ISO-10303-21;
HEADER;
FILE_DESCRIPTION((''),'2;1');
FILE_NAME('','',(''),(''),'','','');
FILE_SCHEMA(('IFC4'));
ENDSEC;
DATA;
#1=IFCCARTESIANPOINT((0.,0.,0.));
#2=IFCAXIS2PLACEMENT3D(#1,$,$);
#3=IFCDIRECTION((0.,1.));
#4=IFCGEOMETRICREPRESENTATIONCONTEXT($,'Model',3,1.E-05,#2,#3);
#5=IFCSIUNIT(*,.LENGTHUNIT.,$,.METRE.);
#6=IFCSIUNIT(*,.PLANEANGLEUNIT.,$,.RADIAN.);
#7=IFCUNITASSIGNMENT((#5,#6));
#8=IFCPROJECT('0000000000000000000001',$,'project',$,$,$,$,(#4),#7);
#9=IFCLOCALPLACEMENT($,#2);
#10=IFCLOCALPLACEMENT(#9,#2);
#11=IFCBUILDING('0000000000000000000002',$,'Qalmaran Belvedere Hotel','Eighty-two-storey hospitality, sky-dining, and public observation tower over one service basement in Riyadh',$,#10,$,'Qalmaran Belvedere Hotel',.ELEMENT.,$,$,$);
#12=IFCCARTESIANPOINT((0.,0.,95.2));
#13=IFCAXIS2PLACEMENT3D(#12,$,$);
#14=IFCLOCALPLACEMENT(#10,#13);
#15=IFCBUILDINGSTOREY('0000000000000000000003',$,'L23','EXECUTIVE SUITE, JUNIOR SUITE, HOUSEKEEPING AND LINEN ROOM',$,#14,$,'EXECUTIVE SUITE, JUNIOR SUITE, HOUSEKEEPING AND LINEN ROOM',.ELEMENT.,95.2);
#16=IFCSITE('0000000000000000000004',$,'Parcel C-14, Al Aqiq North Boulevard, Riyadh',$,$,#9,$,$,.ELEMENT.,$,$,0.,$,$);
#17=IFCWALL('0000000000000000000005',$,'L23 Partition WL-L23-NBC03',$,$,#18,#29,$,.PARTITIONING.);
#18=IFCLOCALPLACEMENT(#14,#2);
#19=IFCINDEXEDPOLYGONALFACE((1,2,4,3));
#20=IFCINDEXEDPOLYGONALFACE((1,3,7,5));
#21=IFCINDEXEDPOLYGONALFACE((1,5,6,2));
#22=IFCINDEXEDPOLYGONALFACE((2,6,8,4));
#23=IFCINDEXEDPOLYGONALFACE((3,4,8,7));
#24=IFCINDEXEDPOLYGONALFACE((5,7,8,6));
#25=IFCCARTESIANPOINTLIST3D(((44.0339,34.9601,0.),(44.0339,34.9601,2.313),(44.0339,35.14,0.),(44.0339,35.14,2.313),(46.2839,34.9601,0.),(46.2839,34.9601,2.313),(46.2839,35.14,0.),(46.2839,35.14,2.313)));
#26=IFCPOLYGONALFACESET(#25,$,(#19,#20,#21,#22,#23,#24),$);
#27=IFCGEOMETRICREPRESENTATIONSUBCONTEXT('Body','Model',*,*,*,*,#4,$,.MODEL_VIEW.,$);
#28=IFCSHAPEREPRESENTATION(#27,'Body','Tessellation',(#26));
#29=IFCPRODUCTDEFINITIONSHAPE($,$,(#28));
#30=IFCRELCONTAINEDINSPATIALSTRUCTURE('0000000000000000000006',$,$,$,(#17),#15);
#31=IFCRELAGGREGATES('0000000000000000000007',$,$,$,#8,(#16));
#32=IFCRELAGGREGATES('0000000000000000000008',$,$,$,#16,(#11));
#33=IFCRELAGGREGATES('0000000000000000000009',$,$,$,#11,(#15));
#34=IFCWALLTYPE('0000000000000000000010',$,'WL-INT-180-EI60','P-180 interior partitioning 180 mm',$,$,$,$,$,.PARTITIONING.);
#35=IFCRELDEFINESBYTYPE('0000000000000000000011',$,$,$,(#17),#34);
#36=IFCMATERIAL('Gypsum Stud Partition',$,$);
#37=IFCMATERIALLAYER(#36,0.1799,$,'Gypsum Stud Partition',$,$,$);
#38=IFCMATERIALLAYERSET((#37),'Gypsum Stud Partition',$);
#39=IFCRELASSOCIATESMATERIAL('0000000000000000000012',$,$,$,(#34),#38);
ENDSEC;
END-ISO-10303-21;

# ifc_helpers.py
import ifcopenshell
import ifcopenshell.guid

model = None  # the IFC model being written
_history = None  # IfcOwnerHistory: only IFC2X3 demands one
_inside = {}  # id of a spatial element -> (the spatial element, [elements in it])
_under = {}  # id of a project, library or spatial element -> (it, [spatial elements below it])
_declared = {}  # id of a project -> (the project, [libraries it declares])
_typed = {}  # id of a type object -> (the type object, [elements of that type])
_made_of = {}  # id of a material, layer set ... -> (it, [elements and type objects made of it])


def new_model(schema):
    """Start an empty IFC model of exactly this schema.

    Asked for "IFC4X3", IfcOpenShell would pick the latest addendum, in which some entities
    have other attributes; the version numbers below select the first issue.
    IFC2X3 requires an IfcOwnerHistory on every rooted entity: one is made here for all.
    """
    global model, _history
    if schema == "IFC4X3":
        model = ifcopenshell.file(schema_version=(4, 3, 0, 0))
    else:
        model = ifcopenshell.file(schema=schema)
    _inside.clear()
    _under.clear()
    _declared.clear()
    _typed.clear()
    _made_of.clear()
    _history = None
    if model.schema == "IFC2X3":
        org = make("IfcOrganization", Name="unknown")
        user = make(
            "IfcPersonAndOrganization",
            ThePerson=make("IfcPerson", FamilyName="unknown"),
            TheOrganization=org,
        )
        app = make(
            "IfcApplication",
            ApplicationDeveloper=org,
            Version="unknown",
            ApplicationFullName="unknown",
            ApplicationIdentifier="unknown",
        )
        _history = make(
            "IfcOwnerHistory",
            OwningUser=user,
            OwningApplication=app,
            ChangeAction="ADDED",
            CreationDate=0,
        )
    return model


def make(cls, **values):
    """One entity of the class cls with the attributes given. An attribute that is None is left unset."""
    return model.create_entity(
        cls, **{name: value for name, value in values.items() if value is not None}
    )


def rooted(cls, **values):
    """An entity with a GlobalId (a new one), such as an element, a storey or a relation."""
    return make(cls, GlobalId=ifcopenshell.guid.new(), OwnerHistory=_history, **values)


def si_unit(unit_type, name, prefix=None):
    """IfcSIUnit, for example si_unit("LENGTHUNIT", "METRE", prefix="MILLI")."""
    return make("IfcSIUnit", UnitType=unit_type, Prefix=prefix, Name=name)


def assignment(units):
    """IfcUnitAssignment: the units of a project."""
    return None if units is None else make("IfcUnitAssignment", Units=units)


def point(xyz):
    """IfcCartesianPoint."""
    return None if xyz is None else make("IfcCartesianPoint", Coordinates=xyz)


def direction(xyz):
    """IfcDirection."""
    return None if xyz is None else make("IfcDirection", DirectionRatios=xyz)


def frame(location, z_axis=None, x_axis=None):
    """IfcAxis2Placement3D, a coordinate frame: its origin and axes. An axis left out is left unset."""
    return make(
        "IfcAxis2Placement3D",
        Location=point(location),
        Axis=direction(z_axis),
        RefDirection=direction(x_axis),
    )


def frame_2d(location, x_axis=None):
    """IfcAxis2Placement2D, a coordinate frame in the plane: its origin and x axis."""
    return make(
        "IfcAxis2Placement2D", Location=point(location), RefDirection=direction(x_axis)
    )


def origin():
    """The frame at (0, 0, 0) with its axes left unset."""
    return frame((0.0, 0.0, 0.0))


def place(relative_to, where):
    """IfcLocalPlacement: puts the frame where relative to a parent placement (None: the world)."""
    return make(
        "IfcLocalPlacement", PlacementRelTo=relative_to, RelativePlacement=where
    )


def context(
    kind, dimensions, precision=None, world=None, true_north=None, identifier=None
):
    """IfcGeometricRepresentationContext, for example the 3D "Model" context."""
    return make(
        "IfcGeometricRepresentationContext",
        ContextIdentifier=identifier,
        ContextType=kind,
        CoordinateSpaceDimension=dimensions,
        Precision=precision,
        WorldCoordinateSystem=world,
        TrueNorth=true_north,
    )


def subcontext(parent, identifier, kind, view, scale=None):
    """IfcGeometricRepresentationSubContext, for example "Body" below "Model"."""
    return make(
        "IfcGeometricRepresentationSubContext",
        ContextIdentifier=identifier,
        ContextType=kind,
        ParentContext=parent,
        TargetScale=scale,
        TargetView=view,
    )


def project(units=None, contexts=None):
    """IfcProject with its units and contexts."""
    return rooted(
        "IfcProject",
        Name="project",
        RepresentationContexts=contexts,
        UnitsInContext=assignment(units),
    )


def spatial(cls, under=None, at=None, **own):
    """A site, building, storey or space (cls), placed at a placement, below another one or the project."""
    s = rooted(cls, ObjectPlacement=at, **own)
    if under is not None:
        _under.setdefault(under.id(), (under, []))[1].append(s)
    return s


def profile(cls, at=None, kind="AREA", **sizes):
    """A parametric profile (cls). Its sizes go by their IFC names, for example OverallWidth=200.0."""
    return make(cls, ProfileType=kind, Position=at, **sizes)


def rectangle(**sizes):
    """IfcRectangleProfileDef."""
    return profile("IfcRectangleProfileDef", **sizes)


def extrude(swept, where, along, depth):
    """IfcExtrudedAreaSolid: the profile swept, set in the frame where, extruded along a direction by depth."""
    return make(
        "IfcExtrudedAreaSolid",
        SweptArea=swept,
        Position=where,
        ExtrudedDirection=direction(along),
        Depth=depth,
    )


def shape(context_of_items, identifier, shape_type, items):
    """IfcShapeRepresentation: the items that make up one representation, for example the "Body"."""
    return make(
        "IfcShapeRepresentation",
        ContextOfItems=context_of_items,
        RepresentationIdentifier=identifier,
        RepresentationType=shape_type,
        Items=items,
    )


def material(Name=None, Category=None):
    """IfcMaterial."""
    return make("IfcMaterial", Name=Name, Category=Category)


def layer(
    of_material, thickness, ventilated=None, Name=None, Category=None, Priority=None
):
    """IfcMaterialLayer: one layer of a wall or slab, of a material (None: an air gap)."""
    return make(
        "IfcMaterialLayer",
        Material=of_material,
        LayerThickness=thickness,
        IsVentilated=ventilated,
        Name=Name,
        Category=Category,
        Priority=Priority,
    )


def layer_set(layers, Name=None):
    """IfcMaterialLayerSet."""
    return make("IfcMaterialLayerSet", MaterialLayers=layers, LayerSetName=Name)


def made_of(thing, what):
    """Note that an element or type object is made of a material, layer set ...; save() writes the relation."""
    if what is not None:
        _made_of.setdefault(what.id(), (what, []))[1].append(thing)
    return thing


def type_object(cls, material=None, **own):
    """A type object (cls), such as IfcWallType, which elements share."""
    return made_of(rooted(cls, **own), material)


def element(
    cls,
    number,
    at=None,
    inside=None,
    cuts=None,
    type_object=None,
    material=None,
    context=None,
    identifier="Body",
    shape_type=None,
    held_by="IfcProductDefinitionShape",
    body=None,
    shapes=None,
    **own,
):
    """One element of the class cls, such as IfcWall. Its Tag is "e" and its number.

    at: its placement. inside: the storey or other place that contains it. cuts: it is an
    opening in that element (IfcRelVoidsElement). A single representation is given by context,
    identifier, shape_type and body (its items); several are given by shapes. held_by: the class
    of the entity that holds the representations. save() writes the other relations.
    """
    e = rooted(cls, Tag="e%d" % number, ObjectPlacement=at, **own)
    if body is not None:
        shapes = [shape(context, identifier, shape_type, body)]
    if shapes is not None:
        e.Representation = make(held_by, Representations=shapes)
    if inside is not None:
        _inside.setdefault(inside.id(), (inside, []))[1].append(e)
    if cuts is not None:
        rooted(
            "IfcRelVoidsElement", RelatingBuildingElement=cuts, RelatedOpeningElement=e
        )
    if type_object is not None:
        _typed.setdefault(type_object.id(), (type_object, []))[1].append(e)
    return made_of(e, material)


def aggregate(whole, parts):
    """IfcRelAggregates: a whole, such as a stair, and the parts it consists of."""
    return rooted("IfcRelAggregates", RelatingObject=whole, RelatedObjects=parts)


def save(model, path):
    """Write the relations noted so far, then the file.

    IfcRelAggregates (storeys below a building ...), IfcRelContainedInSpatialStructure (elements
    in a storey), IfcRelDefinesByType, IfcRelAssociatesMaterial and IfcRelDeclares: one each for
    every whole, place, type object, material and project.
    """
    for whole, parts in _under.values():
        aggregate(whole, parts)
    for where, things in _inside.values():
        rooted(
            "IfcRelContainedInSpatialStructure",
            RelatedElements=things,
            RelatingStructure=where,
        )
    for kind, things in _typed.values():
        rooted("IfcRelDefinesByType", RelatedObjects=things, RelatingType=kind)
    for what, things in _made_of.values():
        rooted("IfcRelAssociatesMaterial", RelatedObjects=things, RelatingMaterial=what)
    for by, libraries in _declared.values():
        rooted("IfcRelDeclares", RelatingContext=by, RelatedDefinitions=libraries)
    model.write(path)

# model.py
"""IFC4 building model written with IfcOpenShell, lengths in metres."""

from ifc_helpers import new_model, si_unit, direction, frame, frame_2d, origin, place, context, subcontext, project, spatial, rectangle, extrude, material, layer, layer_set, type_object, element, save


model = new_model("IFC4")

# Units and contexts
model_context = context("Model", 3, precision=1e-05, world=origin(), true_north=direction((0.0, 1.0)))
body_context = subcontext(model_context, "Body", "Model", "MODEL_VIEW")
ifc_project = project(units=[si_unit("LENGTHUNIT", "METRE"), si_unit("PLANEANGLEUNIT", "RADIAN")], contexts=[model_context])

# Site, building, storey
site_placement = place(None, origin())
site = spatial("IfcSite", under=ifc_project, at=site_placement, Name="Parcel C-14, Al Aqiq North Boulevard, Riyadh", CompositionType="ELEMENT", RefElevation=0.0)
building_placement = place(site_placement, origin())
building = spatial("IfcBuilding", under=site, at=building_placement, Name="Qalmaran Belvedere Hotel", Description="Eighty-two-storey hospitality, sky-dining, and public observation tower over one service basement in Riyadh", LongName="Qalmaran Belvedere Hotel", CompositionType="ELEMENT")
storey_placement = place(building_placement, frame((0.0, 0.0, 95.2)))
storey = spatial("IfcBuildingStorey", under=building, at=storey_placement, Name="L23", Description="EXECUTIVE SUITE, JUNIOR SUITE, HOUSEKEEPING AND LINEN ROOM", LongName="EXECUTIVE SUITE, JUNIOR SUITE, HOUSEKEEPING AND LINEN ROOM", CompositionType="ELEMENT", Elevation=95.2)

# Wall
ifc_material_1 = material(Name="Gypsum Stud Partition")
ifc_layer_1 = layer(ifc_material_1, 0.1799, Name="Gypsum Stud Partition")
ifc_layer_set_1 = layer_set([ifc_layer_1], Name="Gypsum Stud Partition")
wall_type_1 = type_object("IfcWallType", Name="WL-INT-180-EI60", Description="P-180 interior partitioning 180 mm", PredefinedType="PARTITIONING", material=ifc_layer_set_1)
wall_1_placement = place(storey_placement, frame((44.0339, 35.05, 0.0), z_axis=(0.0, 0.0, 1.0), x_axis=(1.0, 0.0, 0.0)))
element("IfcWall", 1, at=wall_1_placement, inside=storey, type_object=wall_type_1, Name="L23 Partition WL-L23-NBC03", PredefinedType="PARTITIONING", context=body_context, shape_type="SweptSolid", body=[
    extrude(rectangle(XDim=2.25, YDim=0.1799, at=frame_2d((1.125, 0.0))), origin(), (0.0, 0.0, 1.0), 2.313),
])

save(model, "model.ifc")
